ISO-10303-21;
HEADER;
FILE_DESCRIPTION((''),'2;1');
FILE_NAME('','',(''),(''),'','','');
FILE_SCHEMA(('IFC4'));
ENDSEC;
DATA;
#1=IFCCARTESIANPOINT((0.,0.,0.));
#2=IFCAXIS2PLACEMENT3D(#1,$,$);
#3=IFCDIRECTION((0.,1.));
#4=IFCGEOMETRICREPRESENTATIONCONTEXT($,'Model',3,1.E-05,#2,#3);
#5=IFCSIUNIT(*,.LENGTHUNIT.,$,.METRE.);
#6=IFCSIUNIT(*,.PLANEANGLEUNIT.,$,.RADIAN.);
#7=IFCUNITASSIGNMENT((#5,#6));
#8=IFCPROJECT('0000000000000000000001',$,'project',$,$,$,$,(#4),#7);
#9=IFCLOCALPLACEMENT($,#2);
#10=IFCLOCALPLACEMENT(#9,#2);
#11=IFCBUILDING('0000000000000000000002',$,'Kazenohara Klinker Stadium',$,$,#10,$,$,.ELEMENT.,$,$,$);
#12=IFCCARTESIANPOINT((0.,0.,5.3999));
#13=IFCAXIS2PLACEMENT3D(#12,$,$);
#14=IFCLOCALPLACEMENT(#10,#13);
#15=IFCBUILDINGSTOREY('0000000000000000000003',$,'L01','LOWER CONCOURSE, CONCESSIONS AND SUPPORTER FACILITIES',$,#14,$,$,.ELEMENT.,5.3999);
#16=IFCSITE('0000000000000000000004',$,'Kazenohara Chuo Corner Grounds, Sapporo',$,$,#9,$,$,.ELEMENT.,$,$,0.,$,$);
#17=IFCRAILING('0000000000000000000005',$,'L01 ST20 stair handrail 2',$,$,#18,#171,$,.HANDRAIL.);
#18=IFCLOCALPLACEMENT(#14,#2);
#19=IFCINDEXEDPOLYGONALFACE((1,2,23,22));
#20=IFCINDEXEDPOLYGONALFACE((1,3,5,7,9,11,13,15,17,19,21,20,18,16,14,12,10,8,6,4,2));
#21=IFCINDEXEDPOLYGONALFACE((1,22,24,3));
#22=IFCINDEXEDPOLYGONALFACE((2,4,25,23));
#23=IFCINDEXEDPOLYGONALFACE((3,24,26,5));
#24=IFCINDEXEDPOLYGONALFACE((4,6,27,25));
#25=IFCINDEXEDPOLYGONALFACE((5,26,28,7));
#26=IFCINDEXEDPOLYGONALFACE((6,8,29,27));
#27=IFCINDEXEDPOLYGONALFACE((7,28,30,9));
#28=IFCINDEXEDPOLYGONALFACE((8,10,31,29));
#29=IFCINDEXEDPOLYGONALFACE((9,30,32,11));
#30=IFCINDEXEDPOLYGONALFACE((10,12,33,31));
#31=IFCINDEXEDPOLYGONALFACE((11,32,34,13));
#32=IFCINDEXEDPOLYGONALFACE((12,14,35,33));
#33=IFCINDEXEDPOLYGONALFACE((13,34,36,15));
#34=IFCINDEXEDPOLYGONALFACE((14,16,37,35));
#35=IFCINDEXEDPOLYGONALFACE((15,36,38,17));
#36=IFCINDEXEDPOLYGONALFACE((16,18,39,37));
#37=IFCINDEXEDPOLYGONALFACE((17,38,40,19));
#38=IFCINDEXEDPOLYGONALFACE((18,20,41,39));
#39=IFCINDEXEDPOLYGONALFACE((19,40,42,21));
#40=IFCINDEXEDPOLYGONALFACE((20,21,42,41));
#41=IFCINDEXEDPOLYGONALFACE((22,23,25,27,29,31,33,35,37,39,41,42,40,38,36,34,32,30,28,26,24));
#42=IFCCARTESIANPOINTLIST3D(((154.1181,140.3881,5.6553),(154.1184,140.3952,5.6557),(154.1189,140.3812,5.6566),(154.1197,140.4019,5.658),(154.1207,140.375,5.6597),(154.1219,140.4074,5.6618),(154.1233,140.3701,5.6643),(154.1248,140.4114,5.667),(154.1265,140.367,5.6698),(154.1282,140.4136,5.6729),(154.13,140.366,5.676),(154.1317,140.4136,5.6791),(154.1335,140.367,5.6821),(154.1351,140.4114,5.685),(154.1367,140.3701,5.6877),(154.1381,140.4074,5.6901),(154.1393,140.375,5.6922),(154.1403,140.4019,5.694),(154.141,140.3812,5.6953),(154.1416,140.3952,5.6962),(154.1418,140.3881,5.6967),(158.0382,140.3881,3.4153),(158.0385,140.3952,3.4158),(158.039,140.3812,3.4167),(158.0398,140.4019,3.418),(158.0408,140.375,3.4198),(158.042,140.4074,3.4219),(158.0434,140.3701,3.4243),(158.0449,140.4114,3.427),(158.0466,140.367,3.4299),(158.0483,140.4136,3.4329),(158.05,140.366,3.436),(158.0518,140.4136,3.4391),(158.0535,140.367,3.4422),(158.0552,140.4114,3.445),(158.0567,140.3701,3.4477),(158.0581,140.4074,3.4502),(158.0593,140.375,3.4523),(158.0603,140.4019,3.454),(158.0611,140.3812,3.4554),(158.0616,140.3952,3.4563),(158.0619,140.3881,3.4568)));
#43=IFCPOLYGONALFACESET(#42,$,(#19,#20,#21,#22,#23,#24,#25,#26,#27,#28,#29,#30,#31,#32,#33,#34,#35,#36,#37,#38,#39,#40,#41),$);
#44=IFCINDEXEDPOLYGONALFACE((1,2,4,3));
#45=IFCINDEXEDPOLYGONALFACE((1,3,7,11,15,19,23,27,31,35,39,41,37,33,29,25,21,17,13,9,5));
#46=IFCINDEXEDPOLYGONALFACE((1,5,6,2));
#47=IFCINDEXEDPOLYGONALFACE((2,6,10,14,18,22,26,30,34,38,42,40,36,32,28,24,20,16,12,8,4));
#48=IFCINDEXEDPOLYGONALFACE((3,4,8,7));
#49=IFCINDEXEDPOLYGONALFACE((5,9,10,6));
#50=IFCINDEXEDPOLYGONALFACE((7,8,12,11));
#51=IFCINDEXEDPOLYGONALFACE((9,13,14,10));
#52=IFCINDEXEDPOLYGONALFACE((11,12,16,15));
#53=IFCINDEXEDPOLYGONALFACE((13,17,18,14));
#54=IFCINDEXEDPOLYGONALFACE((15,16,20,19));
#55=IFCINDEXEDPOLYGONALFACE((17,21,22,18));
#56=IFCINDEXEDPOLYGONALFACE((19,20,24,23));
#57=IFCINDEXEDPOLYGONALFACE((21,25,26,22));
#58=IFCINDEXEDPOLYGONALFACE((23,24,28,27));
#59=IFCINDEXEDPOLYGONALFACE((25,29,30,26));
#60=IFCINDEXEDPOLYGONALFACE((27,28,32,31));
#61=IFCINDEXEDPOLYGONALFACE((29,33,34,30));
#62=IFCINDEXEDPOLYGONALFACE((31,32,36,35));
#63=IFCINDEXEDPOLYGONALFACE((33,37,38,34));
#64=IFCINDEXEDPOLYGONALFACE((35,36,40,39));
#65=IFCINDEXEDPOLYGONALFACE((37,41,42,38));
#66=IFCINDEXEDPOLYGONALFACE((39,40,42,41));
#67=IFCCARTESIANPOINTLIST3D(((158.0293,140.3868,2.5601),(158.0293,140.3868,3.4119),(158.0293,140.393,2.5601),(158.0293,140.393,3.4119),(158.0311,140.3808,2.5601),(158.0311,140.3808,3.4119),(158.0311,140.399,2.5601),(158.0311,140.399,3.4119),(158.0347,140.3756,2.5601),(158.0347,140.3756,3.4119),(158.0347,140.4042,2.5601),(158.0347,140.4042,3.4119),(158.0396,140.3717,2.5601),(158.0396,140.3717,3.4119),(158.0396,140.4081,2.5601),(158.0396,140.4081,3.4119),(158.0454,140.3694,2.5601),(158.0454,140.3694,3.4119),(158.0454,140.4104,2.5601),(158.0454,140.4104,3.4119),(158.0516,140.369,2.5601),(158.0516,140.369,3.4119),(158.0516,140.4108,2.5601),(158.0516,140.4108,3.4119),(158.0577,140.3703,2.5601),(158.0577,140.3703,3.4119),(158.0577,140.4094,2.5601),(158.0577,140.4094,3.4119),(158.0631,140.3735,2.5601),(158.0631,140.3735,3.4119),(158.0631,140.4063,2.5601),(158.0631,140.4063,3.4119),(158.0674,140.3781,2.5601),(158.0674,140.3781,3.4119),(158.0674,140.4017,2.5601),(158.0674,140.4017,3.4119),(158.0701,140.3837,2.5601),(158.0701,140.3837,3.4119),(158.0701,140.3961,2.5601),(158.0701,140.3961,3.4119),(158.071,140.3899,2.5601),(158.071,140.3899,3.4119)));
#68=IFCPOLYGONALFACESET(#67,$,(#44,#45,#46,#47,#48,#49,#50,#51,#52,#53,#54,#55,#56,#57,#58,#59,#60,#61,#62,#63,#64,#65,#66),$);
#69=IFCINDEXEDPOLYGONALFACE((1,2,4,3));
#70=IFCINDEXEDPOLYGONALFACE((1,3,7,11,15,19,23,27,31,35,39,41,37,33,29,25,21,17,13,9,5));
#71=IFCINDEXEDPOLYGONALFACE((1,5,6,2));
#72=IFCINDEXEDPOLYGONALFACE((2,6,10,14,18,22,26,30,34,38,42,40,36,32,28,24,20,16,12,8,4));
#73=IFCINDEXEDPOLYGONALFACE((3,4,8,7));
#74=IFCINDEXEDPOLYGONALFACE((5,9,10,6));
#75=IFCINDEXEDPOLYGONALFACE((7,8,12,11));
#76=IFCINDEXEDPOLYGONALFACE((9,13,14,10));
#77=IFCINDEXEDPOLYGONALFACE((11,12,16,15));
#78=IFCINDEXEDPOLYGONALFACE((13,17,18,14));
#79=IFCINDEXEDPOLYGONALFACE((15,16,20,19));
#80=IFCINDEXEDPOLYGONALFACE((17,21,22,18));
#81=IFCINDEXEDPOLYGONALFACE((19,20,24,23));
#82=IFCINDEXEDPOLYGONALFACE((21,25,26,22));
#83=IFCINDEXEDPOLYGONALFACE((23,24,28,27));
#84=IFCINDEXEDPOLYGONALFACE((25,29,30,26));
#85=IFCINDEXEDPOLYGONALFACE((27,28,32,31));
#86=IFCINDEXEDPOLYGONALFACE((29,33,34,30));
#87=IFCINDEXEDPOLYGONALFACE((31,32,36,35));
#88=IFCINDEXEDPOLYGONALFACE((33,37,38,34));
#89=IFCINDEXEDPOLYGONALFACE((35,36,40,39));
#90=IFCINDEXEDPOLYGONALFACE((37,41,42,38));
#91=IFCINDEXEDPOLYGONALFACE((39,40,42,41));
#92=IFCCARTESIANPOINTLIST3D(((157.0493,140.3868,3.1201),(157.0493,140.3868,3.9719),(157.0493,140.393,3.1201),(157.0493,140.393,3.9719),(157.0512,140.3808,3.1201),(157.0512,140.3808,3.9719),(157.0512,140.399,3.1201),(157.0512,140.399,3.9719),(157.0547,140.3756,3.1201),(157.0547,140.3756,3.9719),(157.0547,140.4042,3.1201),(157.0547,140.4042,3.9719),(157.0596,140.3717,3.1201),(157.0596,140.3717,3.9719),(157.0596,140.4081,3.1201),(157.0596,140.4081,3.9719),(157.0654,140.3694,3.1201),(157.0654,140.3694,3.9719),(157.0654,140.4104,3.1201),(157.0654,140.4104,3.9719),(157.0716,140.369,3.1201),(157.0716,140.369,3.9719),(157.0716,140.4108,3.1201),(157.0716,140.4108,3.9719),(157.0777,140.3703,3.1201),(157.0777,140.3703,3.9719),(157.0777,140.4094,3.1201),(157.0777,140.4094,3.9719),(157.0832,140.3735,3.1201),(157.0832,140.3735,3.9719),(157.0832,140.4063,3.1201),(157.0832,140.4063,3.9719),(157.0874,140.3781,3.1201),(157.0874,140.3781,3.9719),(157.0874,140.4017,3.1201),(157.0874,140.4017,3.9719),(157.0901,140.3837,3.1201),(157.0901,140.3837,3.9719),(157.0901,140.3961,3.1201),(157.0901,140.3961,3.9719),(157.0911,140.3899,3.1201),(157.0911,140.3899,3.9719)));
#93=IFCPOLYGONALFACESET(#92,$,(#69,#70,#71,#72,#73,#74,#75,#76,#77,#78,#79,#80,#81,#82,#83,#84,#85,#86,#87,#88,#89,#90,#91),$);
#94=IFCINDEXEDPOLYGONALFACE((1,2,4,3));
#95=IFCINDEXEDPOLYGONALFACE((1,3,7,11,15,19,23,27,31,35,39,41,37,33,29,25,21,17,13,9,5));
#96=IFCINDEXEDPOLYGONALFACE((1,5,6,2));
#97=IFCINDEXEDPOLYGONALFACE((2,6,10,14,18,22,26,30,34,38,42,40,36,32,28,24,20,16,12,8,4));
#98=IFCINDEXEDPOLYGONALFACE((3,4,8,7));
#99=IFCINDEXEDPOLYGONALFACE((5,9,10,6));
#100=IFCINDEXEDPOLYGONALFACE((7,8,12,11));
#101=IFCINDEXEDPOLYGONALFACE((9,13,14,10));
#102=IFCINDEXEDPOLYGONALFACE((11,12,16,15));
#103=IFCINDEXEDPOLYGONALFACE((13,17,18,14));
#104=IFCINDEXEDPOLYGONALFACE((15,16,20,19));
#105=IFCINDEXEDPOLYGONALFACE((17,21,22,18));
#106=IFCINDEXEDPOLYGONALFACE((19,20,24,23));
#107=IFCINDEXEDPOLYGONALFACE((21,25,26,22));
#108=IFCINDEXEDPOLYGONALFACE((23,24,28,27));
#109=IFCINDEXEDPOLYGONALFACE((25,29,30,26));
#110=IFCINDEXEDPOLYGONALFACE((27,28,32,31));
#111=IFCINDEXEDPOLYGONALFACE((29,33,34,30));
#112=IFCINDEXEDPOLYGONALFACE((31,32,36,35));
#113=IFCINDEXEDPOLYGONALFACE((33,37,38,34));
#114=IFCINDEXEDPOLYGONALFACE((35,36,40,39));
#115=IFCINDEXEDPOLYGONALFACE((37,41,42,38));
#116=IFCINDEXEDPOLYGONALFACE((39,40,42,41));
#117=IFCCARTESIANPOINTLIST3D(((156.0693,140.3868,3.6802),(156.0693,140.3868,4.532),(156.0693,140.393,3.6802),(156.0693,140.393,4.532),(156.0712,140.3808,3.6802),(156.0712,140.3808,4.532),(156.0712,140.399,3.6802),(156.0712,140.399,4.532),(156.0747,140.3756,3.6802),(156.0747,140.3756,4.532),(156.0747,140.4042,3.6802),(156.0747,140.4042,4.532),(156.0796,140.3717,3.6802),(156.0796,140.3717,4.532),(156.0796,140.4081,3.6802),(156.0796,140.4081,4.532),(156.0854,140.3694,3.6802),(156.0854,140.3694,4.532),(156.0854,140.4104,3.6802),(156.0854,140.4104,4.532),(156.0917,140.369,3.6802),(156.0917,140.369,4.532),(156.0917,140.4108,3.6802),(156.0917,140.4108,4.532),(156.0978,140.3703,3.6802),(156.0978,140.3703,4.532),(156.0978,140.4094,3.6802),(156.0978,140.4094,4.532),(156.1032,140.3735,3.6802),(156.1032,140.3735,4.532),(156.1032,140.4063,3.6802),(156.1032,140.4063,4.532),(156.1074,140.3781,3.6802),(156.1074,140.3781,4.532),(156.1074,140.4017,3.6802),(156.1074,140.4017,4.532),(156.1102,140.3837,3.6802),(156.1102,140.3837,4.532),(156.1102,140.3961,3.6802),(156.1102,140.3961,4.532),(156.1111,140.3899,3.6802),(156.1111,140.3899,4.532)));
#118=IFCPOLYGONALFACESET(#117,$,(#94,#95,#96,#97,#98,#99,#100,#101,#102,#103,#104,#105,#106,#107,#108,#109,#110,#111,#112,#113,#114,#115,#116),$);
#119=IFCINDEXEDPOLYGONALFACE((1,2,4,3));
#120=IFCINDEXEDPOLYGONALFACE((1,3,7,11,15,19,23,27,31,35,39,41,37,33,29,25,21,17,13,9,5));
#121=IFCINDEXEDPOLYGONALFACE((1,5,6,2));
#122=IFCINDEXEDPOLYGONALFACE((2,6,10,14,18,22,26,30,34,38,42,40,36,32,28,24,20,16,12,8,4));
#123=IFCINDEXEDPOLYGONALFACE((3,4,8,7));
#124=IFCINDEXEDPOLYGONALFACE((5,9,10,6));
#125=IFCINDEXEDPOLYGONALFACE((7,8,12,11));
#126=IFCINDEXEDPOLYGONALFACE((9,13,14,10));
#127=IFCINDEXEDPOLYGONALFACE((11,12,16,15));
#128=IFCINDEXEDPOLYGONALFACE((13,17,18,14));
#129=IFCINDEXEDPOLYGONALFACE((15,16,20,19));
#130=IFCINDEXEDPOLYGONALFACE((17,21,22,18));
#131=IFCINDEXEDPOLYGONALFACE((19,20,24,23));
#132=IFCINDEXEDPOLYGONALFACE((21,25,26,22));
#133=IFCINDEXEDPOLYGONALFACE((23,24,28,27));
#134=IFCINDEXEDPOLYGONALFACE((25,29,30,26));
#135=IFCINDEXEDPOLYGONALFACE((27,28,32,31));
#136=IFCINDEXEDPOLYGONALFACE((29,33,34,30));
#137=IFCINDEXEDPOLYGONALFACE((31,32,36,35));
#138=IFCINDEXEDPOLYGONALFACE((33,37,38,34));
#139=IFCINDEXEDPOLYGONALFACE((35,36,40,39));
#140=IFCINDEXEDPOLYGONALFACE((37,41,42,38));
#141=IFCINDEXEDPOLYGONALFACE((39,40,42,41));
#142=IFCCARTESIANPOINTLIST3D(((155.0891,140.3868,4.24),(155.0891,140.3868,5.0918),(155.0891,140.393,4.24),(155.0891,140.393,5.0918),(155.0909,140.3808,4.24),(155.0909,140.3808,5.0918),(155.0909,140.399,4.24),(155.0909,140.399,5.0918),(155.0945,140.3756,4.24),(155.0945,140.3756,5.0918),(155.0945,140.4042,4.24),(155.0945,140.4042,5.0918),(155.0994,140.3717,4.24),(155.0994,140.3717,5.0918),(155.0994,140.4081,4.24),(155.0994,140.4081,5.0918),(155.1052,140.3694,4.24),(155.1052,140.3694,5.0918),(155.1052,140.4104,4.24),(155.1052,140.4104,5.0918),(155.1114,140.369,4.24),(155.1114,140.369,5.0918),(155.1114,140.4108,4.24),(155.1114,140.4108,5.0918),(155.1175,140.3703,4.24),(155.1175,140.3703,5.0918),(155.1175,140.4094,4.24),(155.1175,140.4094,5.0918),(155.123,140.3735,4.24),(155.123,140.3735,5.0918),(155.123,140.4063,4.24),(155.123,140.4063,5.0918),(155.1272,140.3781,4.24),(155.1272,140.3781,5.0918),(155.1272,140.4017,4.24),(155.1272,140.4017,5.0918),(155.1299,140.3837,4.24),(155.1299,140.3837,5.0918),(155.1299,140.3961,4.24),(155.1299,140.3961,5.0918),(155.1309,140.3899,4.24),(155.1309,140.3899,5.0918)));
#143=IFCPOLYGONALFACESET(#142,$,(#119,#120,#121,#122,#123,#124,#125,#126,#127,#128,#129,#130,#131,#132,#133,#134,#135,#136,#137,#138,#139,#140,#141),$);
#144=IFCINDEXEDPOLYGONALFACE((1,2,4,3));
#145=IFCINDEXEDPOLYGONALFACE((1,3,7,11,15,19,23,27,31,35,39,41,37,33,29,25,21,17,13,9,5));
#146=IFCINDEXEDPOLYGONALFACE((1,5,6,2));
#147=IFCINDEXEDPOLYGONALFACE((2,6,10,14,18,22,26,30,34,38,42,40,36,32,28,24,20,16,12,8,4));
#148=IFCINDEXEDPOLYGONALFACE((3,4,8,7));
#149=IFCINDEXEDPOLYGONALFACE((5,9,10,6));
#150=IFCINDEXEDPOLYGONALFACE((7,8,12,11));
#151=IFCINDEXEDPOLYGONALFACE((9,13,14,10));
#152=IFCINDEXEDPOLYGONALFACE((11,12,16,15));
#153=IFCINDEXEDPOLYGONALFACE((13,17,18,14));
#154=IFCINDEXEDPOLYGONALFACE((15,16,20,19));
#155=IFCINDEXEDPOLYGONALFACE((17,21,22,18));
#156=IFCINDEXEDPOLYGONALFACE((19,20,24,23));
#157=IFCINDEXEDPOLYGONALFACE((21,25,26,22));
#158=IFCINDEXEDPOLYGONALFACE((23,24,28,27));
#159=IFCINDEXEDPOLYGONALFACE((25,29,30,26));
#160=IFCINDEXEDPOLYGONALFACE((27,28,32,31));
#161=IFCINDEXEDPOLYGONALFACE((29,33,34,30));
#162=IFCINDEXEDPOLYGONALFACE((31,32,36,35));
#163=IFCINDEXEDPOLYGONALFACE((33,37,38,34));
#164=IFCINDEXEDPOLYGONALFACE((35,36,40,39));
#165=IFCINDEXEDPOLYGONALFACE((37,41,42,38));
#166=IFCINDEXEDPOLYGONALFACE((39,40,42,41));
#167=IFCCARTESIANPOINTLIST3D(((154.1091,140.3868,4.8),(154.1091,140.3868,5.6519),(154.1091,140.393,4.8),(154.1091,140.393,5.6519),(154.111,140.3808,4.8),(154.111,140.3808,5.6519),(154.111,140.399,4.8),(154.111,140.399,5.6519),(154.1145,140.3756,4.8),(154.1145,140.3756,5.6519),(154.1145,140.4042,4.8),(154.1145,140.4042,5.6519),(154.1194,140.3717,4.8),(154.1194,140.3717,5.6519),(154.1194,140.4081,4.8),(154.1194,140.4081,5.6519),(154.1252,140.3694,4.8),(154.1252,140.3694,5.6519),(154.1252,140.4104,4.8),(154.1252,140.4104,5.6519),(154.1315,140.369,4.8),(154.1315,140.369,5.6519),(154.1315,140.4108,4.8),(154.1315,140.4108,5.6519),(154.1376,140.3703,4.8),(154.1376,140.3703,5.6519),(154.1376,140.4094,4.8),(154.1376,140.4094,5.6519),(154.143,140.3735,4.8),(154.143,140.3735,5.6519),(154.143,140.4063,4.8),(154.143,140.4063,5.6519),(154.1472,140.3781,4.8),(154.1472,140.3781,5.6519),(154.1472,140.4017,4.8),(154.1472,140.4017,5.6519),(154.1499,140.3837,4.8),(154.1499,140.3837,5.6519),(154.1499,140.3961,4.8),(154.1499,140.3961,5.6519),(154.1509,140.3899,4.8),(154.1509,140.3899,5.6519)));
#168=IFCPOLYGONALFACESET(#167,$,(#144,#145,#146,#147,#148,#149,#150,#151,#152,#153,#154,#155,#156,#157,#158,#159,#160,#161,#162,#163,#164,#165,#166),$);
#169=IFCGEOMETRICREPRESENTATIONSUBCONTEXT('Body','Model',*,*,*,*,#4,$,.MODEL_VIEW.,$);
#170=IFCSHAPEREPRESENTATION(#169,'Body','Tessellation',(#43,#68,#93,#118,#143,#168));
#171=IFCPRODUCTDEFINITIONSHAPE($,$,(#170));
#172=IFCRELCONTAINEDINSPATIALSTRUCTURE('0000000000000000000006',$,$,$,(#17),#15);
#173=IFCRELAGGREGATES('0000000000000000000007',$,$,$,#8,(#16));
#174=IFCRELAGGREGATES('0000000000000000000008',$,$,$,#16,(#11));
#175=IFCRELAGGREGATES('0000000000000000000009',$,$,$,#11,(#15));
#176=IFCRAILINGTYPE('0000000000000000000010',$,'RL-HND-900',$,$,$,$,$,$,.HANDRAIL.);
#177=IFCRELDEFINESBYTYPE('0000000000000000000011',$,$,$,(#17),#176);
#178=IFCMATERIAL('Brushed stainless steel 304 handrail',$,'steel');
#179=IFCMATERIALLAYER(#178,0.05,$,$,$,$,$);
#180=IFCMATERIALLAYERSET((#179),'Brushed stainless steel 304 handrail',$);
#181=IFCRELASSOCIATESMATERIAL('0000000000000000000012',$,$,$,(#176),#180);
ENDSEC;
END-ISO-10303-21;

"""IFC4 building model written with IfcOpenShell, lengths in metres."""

from ifc_helpers import new_model, si_unit, direction, frame, origin, origin_2d, place, context, subcontext, project, spatial, circle, extrude, material, layer, layer_set, type_object, element, save


model = new_model("IFC4")

# Units and contexts
model_context = context("Model", 3, precision=1e-05, world=origin(), true_north=direction((0.0, 1.0)))
body_context = subcontext(model_context, "Body", "Model", "MODEL_VIEW")
ifc_project = project(units=[si_unit("LENGTHUNIT", "METRE"), si_unit("PLANEANGLEUNIT", "RADIAN")], contexts=[model_context])

# Site, building, storey
site_placement = place(None, origin())
site = spatial("IfcSite", under=ifc_project, at=site_placement, Name="Kazenohara Chuo Corner Grounds, Sapporo", CompositionType="ELEMENT", RefElevation=0.0)
building_placement = place(site_placement, origin())
building = spatial("IfcBuilding", under=site, at=building_placement, Name="Kazenohara Klinker Stadium", CompositionType="ELEMENT")
storey_placement = place(building_placement, frame((0.0, 0.0, 5.3999)))
storey = spatial("IfcBuildingStorey", under=building, at=storey_placement, Name="L01", Description="LOWER CONCOURSE, CONCESSIONS AND SUPPORTER FACILITIES", CompositionType="ELEMENT", Elevation=5.3999)

# Railing
ifc_material_1 = material(Name="Brushed stainless steel 304 handrail", Category="steel")
ifc_layer_1 = layer(ifc_material_1, 0.05)
ifc_layer_set_1 = layer_set([ifc_layer_1], Name="Brushed stainless steel 304 handrail")
railing_type_1 = type_object("IfcRailingType", Name="RL-HND-900", PredefinedType="HANDRAIL", material=ifc_layer_set_1)
railing_1_placement = place(storey_placement, frame((158.05, 140.3899, 2.5601)))
element("IfcRailing", 1, at=railing_1_placement, inside=storey, type_object=railing_type_1, Name="L01 ST20 stair handrail 2", PredefinedType="HANDRAIL", context=body_context, shape_type="SweptSolid", body=[
    extrude(circle(Radius=0.0239, at=origin_2d()), frame((0.0, 0.0, 0.876), z_axis=(-0.868253, 0.0, 0.496121), x_axis=(0.0, -1.0, 0.0)), (0.0, 0.0, 1.0), 4.5149),
    extrude(circle(Radius=0.021, at=origin_2d()), origin(), (0.0, 0.0, 1.0), 0.8518),
    extrude(circle(Radius=0.021, at=origin_2d()), frame((-0.98, 0.0, 0.5601)), (0.0, 0.0, 1.0), 0.8518),
    extrude(circle(Radius=0.021, at=origin_2d()), frame((-1.96, 0.0, 1.1201)), (0.0, 0.0, 1.0), 0.8518),
    extrude(circle(Radius=0.021, at=origin_2d()), frame((-2.9402, 0.0, 1.6799)), (0.0, 0.0, 1.0), 0.8518),
    extrude(circle(Radius=0.021, at=origin_2d()), frame((-3.9202, 0.0, 2.24)), (0.0, 0.0, 1.0), 0.8518),
])

save(model, "model.ifc")
